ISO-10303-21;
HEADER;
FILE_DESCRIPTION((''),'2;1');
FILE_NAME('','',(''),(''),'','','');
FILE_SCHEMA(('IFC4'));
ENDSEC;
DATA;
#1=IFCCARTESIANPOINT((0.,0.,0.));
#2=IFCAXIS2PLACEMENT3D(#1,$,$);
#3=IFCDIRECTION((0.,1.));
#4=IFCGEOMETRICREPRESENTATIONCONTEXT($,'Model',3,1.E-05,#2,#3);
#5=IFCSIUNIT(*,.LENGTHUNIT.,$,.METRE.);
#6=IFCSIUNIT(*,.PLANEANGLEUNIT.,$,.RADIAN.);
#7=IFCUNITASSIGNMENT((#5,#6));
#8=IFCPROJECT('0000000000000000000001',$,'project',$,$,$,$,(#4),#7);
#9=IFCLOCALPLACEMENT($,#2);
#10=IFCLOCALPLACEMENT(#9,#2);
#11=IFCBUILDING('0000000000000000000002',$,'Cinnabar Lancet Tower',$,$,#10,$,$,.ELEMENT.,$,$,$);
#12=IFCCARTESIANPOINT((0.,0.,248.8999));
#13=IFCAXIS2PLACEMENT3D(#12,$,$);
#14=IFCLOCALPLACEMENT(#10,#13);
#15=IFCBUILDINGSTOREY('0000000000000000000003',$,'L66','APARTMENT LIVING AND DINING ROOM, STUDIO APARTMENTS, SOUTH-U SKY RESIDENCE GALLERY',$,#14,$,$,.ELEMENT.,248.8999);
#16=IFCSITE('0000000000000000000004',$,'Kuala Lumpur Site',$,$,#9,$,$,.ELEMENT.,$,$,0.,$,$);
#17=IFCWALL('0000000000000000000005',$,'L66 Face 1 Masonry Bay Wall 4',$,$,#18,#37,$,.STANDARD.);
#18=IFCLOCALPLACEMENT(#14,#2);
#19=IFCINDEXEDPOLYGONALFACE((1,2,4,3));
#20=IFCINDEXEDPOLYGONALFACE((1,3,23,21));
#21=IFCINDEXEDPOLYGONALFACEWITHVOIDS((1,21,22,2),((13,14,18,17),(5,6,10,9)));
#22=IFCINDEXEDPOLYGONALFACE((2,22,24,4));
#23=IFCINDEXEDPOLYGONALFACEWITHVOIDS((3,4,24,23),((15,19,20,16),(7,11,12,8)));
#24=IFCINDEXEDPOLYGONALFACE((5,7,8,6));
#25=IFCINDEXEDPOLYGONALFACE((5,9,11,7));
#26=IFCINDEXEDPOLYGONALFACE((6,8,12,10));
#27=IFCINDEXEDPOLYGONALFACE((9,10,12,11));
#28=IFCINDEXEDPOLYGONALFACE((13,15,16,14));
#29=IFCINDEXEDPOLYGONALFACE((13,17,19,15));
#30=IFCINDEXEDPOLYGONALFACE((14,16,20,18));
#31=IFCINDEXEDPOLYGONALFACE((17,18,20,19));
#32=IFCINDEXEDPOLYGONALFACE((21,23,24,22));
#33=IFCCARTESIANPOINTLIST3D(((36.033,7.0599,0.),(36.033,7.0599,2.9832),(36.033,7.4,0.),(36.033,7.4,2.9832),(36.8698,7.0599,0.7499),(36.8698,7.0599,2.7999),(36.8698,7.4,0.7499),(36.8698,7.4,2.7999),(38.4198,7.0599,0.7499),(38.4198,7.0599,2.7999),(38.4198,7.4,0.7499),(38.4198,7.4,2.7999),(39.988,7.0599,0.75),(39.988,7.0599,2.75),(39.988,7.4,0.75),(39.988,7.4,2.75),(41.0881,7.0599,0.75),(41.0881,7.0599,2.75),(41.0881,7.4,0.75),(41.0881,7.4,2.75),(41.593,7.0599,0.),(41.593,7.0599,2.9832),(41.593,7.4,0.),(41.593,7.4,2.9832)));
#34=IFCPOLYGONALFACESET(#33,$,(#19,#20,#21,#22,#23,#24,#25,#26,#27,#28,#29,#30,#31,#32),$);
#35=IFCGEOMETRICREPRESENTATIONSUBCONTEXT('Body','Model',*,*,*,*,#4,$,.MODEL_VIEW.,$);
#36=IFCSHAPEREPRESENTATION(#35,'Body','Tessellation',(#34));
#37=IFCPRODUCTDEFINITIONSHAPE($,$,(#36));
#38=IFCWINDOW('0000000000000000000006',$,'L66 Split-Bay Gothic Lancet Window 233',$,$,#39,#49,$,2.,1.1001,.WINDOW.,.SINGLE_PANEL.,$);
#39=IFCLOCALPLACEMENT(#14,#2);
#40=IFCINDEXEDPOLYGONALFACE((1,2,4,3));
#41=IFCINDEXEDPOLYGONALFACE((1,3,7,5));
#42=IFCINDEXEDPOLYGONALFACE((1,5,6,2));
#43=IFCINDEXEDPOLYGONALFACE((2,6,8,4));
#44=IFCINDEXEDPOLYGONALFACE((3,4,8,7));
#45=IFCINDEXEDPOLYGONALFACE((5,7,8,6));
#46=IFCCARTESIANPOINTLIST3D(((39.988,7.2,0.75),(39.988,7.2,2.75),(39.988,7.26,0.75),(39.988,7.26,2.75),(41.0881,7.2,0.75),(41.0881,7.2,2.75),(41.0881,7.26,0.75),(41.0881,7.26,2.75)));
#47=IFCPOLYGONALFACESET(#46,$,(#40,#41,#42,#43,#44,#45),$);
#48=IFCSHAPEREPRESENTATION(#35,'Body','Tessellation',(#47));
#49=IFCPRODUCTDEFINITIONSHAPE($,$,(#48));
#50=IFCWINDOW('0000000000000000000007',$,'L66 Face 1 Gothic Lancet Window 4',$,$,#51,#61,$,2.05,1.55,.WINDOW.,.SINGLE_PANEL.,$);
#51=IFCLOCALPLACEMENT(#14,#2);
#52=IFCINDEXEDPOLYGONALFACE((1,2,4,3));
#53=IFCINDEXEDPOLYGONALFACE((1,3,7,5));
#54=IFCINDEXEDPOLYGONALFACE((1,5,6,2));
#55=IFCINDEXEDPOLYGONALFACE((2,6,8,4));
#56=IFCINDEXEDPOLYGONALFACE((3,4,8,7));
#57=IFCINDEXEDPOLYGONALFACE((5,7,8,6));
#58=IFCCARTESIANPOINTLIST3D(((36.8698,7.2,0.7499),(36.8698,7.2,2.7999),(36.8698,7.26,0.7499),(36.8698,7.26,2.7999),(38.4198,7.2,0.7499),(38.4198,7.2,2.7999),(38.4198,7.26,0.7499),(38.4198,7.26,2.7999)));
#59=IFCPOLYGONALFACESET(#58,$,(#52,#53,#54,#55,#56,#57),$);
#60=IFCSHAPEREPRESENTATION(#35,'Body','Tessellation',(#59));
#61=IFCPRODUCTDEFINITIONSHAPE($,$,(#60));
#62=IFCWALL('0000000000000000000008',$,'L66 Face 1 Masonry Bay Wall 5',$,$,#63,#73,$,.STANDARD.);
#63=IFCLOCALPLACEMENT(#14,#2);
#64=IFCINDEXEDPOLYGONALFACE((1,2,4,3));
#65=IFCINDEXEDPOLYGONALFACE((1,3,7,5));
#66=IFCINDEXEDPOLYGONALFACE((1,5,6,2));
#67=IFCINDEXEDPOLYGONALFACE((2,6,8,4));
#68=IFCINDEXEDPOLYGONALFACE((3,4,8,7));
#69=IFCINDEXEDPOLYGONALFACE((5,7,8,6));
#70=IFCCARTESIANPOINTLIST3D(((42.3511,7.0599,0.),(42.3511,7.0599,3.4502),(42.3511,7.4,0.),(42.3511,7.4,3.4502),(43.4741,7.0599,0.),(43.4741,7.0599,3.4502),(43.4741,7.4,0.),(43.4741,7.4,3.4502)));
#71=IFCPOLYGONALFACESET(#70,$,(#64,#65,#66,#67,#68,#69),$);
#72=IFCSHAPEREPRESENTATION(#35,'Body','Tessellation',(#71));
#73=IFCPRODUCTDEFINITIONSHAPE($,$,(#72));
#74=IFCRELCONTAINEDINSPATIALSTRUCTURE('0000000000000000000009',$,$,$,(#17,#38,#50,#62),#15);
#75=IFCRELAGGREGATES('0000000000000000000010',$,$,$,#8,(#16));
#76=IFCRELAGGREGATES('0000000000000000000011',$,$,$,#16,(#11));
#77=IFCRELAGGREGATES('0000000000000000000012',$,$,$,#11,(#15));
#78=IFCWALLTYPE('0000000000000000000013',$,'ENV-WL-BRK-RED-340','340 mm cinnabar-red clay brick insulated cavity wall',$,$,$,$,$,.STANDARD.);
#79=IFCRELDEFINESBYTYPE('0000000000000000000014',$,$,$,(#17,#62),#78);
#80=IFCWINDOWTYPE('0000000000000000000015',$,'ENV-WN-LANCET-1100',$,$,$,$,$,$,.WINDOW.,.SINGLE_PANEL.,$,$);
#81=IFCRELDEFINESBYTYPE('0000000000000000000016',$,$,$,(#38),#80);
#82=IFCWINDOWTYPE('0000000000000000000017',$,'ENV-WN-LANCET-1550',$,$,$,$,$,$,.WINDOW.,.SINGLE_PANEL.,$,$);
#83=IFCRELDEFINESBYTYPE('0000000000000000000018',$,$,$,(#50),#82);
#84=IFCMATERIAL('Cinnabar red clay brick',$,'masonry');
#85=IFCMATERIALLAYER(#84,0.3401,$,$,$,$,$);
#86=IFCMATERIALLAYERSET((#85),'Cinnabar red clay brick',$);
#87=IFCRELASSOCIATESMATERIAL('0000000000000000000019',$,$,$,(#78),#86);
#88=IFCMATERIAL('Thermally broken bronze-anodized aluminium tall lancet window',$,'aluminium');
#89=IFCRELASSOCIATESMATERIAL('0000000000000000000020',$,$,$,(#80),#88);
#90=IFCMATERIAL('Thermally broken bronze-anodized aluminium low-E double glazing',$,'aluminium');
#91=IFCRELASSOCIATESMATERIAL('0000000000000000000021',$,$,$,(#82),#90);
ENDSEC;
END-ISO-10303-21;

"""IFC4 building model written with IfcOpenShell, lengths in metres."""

from ifc_helpers import new_model, si_unit, direction, frame, frame_2d, origin, place, context, subcontext, project, spatial, rectangle, extrude, material, layer, layer_set, type_object, element, fill, save


model = new_model("IFC4")

# Units and contexts
model_context = context("Model", 3, precision=1e-05, world=origin(), true_north=direction((0.0, 1.0)))
body_context = subcontext(model_context, "Body", "Model", "MODEL_VIEW")
ifc_project = project(units=[si_unit("LENGTHUNIT", "METRE"), si_unit("PLANEANGLEUNIT", "RADIAN")], contexts=[model_context])

# Site, building, storey
site_placement = place(None, origin())
site = spatial("IfcSite", under=ifc_project, at=site_placement, Name="Kuala Lumpur Site", CompositionType="ELEMENT", RefElevation=0.0)
building_placement = place(site_placement, origin())
building = spatial("IfcBuilding", under=site, at=building_placement, Name="Cinnabar Lancet Tower", CompositionType="ELEMENT")
storey_placement = place(building_placement, frame((0.0, 0.0, 248.8999)))
storey = spatial("IfcBuildingStorey", under=building, at=storey_placement, Name="L66", Description="APARTMENT LIVING AND DINING ROOM, STUDIO APARTMENTS, SOUTH-U SKY RESIDENCE GALLERY", CompositionType="ELEMENT", Elevation=248.8999)

# Shared definitions
ifc_material_1 = material(Name="Cinnabar red clay brick", Category="masonry")
ifc_layer_1 = layer(ifc_material_1, 0.3401)
ifc_layer_set_1 = layer_set([ifc_layer_1], Name="Cinnabar red clay brick")
wall_type_1 = type_object("IfcWallType", Name="ENV-WL-BRK-RED-340", Description="340 mm cinnabar-red clay brick insulated cavity wall", PredefinedType="STANDARD", material=ifc_layer_set_1)

# Wall, openings, windows
wall_1_placement = place(storey_placement, frame((36.033, 7.23, 0.0), z_axis=(0.0, 0.0, 1.0), x_axis=(1.0, 0.0, 0.0)))
wall_1 = element("IfcWall", 1, at=wall_1_placement, inside=storey, type_object=wall_type_1, Name="L66 Face 1 Masonry Bay Wall 4", PredefinedType="STANDARD", context=body_context, shape_type="SweptSolid", body=[
    extrude(rectangle(XDim=5.5601, YDim=0.3401, at=frame_2d((2.78, 0.0))), origin(), (0.0, 0.0, 1.0), 2.9832),
])
opening_1_placement = place(wall_1_placement, frame((0.8369, 0.0, 0.75)))
opening_1 = element("IfcOpeningElement", 2, at=opening_1_placement, cuts=wall_1, PredefinedType="OPENING", context=body_context, shape_type="SweptSolid", body=[
    extrude(rectangle(XDim=1.55, YDim=2.05, at=frame_2d((0.7749, 1.0249))), frame((0.0, 0.1799, 0.0), z_axis=(0.0, -1.0, 0.0), x_axis=(1.0, 0.0, 0.0)), (0.0, 0.0, 1.0), 0.3601),
])
opening_2_placement = place(wall_1_placement, frame((3.9551, 0.0, 0.75)))
opening_2 = element("IfcOpeningElement", 3, at=opening_2_placement, cuts=wall_1, PredefinedType="OPENING", context=body_context, shape_type="SweptSolid", body=[
    extrude(rectangle(XDim=1.1001, YDim=2.0, at=frame_2d((0.55, 1.0))), frame((0.0, 0.1799, 0.0), z_axis=(0.0, -1.0, 0.0), x_axis=(1.0, 0.0, 0.0)), (0.0, 0.0, 1.0), 0.3601),
])
ifc_material_2 = material(Name="Thermally broken bronze-anodized aluminium tall lancet window", Category="aluminium")
window_type_1 = type_object("IfcWindowType", Name="ENV-WN-LANCET-1100", PartitioningType="SINGLE_PANEL", PredefinedType="WINDOW", material=ifc_material_2)
window_1_placement = place(opening_2_placement, origin())
window_1 = element("IfcWindow", 4, at=window_1_placement, inside=storey, type_object=window_type_1, Name="L66 Split-Bay Gothic Lancet Window 233", OverallHeight=2.0, OverallWidth=1.1001, PartitioningType="SINGLE_PANEL", PredefinedType="WINDOW", context=body_context, shape_type="SweptSolid", body=[
    extrude(rectangle(XDim=1.1001, YDim=2.0, at=frame_2d((0.55, 1.0))), frame((0.0, 0.03, 0.0), z_axis=(0.0, -1.0, 0.0), x_axis=(1.0, 0.0, 0.0)), (0.0, 0.0, 1.0), 0.0601),
])
fill(opening_2, window_1)
ifc_material_3 = material(Name="Thermally broken bronze-anodized aluminium low-E double glazing", Category="aluminium")
window_type_2 = type_object("IfcWindowType", Name="ENV-WN-LANCET-1550", PartitioningType="SINGLE_PANEL", PredefinedType="WINDOW", material=ifc_material_3)
window_2_placement = place(opening_1_placement, origin())
window_2 = element("IfcWindow", 5, at=window_2_placement, inside=storey, type_object=window_type_2, Name="L66 Face 1 Gothic Lancet Window 4", OverallHeight=2.05, OverallWidth=1.55, PartitioningType="SINGLE_PANEL", PredefinedType="WINDOW", context=body_context, shape_type="SweptSolid", body=[
    extrude(rectangle(XDim=1.55, YDim=2.05, at=frame_2d((0.7749, 1.0249))), frame((0.0, 0.03, 0.0), z_axis=(0.0, -1.0, 0.0), x_axis=(1.0, 0.0, 0.0)), (0.0, 0.0, 1.0), 0.0601),
])
fill(opening_1, window_2)

# Wall
wall_2_placement = place(storey_placement, frame((42.3511, 7.23, 0.0), z_axis=(0.0, 0.0, 1.0), x_axis=(1.0, 0.0, 0.0)))
element("IfcWall", 6, at=wall_2_placement, inside=storey, type_object=wall_type_1, Name="L66 Face 1 Masonry Bay Wall 5", PredefinedType="STANDARD", context=body_context, shape_type="SweptSolid", body=[
    extrude(rectangle(XDim=1.123, YDim=0.3401, at=frame_2d((0.5615, 0.0))), origin(), (0.0, 0.0, 1.0), 3.4502),
])

save(model, "model.ifc")
